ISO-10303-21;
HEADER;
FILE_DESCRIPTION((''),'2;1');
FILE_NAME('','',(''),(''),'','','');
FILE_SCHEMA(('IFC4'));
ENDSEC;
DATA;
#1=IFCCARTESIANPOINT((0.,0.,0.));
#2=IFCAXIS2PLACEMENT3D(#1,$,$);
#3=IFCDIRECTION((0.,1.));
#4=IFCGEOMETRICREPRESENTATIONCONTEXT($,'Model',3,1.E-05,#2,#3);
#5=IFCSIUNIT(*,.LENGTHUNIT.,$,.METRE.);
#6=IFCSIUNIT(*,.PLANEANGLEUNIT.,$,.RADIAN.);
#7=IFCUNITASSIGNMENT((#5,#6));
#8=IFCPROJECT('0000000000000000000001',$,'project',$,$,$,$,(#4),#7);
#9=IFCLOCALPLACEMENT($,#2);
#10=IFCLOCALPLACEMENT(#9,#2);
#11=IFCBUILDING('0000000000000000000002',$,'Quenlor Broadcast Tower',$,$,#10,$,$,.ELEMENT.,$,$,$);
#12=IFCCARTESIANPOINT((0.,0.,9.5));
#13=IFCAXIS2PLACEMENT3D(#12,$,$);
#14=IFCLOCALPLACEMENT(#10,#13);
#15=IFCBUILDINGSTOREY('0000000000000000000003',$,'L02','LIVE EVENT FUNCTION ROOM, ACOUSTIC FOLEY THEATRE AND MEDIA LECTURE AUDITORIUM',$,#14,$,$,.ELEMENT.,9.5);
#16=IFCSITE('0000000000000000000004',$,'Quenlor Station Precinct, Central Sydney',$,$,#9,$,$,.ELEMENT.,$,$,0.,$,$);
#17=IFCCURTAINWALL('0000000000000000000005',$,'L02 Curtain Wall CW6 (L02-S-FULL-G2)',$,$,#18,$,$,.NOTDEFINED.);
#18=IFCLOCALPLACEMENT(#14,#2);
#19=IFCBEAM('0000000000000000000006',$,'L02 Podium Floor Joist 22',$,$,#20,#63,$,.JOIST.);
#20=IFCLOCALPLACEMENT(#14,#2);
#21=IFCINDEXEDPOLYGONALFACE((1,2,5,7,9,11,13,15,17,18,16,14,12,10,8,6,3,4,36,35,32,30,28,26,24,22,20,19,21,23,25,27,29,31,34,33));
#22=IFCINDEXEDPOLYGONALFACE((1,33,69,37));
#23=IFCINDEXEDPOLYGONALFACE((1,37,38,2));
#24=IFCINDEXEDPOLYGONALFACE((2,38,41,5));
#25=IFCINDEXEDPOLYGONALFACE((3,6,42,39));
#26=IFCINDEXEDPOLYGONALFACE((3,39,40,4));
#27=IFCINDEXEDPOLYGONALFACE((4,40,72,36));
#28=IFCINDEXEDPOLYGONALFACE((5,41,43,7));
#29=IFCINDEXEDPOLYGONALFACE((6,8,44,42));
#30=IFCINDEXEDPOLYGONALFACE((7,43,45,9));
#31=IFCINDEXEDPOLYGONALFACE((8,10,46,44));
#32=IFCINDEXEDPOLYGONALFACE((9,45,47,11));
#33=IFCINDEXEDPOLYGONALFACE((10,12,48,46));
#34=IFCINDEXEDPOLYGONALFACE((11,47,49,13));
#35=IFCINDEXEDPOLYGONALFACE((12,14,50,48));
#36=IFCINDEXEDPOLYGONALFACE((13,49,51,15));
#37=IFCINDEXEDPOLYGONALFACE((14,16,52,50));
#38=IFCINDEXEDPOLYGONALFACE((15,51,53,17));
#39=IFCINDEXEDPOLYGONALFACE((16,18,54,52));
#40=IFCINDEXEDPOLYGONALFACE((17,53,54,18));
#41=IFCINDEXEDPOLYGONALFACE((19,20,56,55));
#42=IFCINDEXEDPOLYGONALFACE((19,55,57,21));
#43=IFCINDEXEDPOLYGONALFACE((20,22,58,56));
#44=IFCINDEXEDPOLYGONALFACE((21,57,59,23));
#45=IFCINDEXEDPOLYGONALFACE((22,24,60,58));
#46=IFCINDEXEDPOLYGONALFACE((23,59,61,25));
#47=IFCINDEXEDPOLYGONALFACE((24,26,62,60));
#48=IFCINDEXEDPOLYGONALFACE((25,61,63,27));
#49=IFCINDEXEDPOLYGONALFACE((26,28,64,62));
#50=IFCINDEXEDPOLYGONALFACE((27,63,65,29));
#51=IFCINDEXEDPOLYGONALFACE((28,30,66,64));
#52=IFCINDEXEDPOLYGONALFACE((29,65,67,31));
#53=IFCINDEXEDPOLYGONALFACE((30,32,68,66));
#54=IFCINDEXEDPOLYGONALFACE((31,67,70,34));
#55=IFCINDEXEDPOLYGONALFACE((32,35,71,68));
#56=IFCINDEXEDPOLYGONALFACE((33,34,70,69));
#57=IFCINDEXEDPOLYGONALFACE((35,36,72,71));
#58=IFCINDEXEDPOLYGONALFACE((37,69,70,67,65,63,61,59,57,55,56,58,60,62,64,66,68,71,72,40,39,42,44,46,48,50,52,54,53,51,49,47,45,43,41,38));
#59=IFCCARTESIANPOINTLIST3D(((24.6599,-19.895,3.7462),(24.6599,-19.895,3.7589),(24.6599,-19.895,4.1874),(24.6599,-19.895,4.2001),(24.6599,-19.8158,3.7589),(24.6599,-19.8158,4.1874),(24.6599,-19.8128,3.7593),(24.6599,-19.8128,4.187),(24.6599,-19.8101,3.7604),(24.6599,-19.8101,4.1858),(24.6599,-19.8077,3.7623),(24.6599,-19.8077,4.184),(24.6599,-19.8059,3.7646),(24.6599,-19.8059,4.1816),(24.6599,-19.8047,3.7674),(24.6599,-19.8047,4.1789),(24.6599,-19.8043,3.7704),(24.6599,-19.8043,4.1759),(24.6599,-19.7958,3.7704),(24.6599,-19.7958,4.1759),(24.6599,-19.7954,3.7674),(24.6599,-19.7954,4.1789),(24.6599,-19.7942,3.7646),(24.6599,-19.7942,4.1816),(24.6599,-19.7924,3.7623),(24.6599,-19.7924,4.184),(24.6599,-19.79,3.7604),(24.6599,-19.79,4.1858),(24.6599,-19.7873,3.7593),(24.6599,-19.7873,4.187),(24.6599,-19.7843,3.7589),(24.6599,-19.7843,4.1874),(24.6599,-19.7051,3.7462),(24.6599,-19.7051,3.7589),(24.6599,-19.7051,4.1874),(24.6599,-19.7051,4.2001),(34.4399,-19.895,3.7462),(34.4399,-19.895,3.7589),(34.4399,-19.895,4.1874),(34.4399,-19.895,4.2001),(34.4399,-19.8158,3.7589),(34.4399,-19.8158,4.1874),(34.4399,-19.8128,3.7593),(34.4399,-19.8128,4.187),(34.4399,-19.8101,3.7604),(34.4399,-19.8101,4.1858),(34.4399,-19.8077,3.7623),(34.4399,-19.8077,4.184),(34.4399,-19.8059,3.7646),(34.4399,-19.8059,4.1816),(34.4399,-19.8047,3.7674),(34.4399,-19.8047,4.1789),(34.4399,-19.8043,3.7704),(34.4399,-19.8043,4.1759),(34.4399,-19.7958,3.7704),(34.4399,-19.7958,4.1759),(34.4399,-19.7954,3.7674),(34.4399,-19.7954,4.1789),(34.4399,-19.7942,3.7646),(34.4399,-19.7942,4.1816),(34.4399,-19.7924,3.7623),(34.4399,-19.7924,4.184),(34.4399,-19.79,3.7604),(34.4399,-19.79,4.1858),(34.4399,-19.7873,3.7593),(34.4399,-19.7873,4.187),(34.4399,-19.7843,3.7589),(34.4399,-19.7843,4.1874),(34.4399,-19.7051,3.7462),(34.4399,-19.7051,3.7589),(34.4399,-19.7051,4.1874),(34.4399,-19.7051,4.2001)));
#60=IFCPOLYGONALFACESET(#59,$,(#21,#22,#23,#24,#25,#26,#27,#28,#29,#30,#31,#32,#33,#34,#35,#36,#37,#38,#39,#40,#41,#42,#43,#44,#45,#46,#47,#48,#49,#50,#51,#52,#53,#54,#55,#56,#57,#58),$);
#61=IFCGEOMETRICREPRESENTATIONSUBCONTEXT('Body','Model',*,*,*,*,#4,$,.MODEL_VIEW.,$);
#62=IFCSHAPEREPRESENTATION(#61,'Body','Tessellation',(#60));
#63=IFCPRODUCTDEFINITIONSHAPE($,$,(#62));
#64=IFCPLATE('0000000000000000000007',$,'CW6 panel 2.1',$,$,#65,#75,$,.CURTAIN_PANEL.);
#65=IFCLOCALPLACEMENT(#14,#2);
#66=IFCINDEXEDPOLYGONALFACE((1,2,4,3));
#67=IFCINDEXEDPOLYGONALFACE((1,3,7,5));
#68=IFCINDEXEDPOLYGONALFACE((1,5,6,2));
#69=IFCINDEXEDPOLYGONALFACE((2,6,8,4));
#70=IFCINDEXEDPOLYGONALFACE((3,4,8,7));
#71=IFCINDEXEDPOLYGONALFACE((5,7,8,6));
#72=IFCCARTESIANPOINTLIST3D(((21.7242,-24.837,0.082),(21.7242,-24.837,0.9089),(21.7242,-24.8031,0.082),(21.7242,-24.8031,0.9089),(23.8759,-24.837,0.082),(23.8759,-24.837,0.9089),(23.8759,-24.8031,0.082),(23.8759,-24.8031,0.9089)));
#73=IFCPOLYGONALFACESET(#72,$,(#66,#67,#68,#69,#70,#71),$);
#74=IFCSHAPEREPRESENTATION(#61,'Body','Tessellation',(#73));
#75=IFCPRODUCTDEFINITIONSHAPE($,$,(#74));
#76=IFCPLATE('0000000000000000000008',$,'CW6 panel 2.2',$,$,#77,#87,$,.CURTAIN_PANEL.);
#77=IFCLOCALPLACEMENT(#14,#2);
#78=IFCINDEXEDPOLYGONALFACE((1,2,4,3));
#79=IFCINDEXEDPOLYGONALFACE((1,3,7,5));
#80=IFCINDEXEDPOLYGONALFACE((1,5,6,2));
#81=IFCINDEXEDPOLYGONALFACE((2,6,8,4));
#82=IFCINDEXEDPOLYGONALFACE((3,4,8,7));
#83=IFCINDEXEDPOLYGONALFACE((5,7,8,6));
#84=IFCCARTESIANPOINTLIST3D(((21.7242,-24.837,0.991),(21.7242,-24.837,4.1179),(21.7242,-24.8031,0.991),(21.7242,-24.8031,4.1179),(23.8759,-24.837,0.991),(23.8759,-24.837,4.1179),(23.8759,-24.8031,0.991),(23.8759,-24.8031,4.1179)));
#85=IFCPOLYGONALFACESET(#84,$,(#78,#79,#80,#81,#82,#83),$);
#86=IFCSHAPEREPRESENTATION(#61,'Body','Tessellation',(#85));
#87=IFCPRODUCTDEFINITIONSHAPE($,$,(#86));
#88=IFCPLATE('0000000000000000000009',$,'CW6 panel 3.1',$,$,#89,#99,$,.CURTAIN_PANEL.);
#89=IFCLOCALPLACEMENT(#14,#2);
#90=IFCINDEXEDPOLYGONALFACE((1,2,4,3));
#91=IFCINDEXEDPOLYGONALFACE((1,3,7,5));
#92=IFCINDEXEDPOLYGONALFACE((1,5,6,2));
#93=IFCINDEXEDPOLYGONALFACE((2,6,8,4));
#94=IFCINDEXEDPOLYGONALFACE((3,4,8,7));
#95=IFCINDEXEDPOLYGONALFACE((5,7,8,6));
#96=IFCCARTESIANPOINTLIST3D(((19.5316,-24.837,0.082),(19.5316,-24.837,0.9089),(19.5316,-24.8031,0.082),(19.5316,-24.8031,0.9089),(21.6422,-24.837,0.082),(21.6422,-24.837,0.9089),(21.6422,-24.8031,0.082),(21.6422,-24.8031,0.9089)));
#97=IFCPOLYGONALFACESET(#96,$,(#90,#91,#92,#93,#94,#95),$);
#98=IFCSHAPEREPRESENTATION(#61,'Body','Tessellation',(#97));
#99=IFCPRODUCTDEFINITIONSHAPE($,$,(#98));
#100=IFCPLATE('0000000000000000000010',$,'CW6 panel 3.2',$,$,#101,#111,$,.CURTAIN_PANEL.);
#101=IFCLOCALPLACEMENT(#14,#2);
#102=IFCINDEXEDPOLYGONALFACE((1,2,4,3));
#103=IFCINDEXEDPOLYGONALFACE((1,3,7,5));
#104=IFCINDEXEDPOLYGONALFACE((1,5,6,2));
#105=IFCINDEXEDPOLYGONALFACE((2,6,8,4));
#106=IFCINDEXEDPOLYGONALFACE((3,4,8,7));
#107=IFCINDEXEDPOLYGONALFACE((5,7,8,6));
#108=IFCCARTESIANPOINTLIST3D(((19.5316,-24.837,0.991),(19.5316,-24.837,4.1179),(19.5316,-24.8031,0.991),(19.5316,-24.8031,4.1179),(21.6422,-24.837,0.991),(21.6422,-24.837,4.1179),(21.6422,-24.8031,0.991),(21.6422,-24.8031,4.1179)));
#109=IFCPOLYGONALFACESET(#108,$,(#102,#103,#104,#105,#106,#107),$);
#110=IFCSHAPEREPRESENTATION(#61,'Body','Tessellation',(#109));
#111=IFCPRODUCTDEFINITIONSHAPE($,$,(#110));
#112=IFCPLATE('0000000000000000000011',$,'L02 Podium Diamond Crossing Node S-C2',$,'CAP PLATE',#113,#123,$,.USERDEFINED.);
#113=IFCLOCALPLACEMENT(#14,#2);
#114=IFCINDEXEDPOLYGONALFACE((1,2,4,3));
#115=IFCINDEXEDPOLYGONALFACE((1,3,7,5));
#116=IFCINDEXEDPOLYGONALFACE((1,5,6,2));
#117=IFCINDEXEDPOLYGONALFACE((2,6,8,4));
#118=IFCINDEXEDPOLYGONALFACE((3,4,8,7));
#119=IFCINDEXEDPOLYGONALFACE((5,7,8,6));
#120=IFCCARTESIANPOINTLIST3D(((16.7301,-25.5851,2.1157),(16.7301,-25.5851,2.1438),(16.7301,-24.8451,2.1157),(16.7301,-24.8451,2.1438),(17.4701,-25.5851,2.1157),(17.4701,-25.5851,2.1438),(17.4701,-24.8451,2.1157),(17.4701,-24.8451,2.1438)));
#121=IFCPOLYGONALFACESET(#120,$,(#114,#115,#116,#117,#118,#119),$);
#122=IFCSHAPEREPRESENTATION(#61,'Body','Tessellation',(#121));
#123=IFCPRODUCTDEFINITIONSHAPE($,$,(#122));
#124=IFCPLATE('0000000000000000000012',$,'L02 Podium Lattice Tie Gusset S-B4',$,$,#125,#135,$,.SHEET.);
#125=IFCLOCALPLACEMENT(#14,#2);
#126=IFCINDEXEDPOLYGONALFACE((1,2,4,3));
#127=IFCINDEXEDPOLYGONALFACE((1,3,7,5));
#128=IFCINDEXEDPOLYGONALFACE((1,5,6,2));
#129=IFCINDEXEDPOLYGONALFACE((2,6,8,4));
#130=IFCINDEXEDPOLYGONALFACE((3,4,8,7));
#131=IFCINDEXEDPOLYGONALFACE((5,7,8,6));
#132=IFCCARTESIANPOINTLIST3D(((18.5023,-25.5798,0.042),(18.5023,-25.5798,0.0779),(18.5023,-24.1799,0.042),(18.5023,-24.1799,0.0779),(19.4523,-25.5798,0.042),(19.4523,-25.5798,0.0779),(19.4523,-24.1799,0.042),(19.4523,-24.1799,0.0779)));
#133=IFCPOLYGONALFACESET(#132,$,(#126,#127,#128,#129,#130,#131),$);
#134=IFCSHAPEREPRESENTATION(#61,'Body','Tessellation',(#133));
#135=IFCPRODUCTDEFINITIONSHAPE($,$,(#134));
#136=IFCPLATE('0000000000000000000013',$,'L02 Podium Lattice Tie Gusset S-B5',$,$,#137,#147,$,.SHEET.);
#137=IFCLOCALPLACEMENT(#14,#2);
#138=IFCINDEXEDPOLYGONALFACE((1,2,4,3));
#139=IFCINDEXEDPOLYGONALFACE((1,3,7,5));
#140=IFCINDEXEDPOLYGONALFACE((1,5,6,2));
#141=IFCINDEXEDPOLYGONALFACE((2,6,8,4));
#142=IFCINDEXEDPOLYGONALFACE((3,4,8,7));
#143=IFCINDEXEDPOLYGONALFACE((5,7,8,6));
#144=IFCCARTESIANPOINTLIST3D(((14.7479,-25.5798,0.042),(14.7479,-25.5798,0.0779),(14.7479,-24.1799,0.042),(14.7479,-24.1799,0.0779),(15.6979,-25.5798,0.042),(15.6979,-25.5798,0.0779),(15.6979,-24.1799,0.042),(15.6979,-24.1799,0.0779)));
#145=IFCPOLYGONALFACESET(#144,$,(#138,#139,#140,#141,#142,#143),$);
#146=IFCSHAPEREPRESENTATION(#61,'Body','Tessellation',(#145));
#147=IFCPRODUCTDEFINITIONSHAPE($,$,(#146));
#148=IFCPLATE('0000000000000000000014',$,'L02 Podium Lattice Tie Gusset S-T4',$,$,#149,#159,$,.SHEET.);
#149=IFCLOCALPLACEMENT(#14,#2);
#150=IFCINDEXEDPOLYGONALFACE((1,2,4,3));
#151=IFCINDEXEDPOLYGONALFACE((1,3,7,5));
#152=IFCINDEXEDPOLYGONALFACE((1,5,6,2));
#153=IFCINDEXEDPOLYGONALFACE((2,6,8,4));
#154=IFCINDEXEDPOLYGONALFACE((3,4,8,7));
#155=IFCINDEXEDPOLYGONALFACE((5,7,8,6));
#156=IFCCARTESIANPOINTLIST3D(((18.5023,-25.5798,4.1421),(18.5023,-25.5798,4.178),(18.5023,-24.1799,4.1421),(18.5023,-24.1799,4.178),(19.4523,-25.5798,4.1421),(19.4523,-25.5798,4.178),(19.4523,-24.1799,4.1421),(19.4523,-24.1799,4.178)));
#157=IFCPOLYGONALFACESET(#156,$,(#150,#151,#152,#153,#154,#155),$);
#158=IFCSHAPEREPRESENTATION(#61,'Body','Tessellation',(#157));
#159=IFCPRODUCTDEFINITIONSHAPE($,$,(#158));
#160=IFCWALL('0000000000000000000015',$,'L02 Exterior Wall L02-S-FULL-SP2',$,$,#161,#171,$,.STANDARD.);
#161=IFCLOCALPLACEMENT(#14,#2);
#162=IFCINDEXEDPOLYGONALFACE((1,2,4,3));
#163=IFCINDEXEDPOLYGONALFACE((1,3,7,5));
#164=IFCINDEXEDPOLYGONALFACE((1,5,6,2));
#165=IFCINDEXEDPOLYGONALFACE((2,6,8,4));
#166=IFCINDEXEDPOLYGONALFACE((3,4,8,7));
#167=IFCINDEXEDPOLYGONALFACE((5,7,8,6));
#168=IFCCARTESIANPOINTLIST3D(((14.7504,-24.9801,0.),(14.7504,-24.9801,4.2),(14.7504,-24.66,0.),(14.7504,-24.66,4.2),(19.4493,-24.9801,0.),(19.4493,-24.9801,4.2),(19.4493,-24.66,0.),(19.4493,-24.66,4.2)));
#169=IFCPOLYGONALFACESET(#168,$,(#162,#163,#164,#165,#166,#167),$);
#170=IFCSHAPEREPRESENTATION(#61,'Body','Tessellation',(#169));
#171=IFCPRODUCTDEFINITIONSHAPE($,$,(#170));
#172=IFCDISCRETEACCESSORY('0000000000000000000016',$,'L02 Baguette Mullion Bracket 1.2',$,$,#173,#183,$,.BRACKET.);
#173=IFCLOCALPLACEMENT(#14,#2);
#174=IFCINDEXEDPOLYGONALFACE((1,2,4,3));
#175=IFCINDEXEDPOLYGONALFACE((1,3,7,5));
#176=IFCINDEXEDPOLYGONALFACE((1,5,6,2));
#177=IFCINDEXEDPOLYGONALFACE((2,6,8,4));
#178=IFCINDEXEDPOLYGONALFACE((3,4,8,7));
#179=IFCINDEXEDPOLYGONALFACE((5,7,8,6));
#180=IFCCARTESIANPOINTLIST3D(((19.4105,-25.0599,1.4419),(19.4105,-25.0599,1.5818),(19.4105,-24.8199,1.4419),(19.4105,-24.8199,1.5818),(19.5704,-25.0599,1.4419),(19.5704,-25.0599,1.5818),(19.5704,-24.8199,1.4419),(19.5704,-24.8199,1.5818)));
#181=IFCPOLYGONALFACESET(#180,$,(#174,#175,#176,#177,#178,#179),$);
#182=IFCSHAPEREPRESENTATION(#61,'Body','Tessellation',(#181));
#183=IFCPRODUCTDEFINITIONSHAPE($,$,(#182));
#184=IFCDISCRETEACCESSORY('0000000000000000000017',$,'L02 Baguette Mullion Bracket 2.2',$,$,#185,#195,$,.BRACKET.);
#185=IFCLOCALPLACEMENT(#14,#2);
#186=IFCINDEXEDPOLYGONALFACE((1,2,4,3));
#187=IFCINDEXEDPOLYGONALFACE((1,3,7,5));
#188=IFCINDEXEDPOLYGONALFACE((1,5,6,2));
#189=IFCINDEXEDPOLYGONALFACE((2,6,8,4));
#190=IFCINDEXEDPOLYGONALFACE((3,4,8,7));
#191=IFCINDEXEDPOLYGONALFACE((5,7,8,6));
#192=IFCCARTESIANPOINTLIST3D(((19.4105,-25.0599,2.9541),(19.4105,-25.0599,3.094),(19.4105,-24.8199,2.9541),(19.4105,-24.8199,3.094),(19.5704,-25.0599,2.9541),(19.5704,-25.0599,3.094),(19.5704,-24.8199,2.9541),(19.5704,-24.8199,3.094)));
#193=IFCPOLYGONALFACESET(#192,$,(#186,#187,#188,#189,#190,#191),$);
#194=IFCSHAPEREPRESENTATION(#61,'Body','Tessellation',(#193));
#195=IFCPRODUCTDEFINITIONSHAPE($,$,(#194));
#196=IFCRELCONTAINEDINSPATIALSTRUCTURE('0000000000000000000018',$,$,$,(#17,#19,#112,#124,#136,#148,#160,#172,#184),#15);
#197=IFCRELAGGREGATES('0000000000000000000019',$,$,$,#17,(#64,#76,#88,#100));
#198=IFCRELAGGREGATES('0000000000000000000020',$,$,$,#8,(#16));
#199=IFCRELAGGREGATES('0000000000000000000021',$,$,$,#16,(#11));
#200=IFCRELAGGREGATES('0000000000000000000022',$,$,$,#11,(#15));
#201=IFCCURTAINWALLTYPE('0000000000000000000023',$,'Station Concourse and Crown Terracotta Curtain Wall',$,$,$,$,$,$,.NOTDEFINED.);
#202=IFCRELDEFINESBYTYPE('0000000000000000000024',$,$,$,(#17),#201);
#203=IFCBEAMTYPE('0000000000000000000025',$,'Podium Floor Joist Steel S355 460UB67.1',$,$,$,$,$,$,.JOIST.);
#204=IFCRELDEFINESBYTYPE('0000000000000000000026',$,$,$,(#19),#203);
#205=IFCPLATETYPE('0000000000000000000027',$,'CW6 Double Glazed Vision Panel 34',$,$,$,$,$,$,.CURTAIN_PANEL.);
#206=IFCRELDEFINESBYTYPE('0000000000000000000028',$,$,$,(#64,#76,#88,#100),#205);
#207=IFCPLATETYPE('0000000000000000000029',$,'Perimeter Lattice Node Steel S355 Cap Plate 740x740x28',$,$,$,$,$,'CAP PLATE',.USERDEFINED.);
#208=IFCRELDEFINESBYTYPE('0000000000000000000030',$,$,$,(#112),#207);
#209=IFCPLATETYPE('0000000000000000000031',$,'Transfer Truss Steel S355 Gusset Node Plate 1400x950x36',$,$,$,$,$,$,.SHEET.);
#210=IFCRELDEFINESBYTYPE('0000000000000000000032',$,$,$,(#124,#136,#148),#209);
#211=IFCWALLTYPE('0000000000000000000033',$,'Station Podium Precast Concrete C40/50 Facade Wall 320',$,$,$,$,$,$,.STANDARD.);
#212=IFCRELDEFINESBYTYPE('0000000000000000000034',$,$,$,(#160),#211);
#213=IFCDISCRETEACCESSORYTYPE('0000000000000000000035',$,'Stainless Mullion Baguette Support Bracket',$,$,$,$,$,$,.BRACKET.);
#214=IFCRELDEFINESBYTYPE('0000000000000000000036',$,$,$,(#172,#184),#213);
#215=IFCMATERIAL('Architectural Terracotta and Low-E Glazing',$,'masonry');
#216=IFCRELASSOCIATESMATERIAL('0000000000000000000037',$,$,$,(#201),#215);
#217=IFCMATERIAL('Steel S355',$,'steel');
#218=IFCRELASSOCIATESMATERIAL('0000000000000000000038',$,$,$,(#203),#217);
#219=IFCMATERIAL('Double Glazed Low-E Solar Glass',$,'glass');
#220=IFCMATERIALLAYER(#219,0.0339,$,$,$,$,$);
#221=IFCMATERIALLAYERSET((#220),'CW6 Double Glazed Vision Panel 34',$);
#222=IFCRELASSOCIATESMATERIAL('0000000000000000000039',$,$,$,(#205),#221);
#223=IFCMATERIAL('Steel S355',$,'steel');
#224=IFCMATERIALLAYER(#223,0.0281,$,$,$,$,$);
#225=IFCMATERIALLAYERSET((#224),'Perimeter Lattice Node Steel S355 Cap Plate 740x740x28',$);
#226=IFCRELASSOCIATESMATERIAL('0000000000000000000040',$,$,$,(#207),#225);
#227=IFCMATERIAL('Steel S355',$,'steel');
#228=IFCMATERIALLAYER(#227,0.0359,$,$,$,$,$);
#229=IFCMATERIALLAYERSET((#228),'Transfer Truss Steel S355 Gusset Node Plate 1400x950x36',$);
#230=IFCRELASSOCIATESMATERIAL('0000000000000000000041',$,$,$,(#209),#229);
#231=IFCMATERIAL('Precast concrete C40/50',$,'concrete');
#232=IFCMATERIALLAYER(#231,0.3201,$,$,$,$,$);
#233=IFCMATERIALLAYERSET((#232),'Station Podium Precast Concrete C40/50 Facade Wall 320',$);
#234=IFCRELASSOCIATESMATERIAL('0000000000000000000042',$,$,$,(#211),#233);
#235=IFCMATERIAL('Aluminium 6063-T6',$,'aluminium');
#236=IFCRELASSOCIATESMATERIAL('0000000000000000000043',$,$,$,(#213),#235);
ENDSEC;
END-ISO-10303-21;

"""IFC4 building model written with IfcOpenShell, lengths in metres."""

from ifc_helpers import new_model, si_unit, direction, frame, frame_2d, origin, origin_2d, place, context, subcontext, project, spatial, rectangle, i_section, extrude, material, layer, layer_set, material_profile, profile_set, type_object, element, aggregate, save


model = new_model("IFC4")

# Units and contexts
model_context = context("Model", 3, precision=1e-05, world=origin(), true_north=direction((0.0, 1.0)))
body_context = subcontext(model_context, "Body", "Model", "MODEL_VIEW")
ifc_project = project(units=[si_unit("LENGTHUNIT", "METRE"), si_unit("PLANEANGLEUNIT", "RADIAN")], contexts=[model_context])

# Site, building, storey
site_placement = place(None, origin())
site = spatial("IfcSite", under=ifc_project, at=site_placement, Name="Quenlor Station Precinct, Central Sydney", CompositionType="ELEMENT", RefElevation=0.0)
building_placement = place(site_placement, origin())
building = spatial("IfcBuilding", under=site, at=building_placement, Name="Quenlor Broadcast Tower", CompositionType="ELEMENT")
storey_placement = place(building_placement, frame((0.0, 0.0, 9.5)))
storey = spatial("IfcBuildingStorey", under=building, at=storey_placement, Name="L02", Description="LIVE EVENT FUNCTION ROOM, ACOUSTIC FOLEY THEATRE AND MEDIA LECTURE AUDITORIUM", CompositionType="ELEMENT", Elevation=9.5)

# Curtain wall
ifc_material_1 = material(Name="Architectural Terracotta and Low-E Glazing", Category="masonry")
curtain_wall_type = type_object("IfcCurtainWallType", Name="Station Concourse and Crown Terracotta Curtain Wall", PredefinedType="NOTDEFINED", material=ifc_material_1)
curtain_wall_placement = place(storey_placement, origin())
curtain_wall = element("IfcCurtainWall", 1, at=curtain_wall_placement, inside=storey, type_object=curtain_wall_type, Name="L02 Curtain Wall CW6 (L02-S-FULL-G2)", PredefinedType="NOTDEFINED")

# Beam
ifc_material_2 = material(Name="Steel S355", Category="steel")
ifc_material_profile_1 = material_profile(ifc_material_2, i_section(OverallWidth=0.1899, OverallDepth=0.4539, WebThickness=0.0085, FlangeThickness=0.0127, FilletRadius=0.0115, at=origin_2d()))
ifc_profile_set_1 = profile_set([ifc_material_profile_1], Name="Steel S355 460UB67.1")
beam_type_1 = type_object("IfcBeamType", Name="Podium Floor Joist Steel S355 460UB67.1", PredefinedType="JOIST", material=ifc_profile_set_1)
beam_1_placement = place(storey_placement, frame((24.6599, -19.8, 3.9731), z_axis=(1.0, 0.0, 0.0), x_axis=(0.0, 1.0, 0.0)))
element("IfcBeam", 2, at=beam_1_placement, inside=storey, type_object=beam_type_1, Name="L02 Podium Floor Joist 22", PredefinedType="JOIST", context=body_context, shape_type="SweptSolid", body=[
    extrude(i_section(OverallWidth=0.1899, OverallDepth=0.4539, WebThickness=0.0085, FlangeThickness=0.0127, FilletRadius=0.0115, at=origin_2d()), origin(), (0.0, 0.0, 1.0), 9.78),
])

# Plates
ifc_material_3 = material(Name="Double Glazed Low-E Solar Glass", Category="glass")
ifc_layer_1 = layer(ifc_material_3, 0.0339)
ifc_layer_set_1 = layer_set([ifc_layer_1], Name="CW6 Double Glazed Vision Panel 34")
plate_type_1 = type_object("IfcPlateType", Name="CW6 Double Glazed Vision Panel 34", PredefinedType="CURTAIN_PANEL", material=ifc_layer_set_1)
plate_1_placement = place(storey_placement, frame((22.8, -24.8201, 0.082), z_axis=(0.0, 0.0, 1.0), x_axis=(-1.0, 0.0, 0.0)))
plate_1 = element("IfcPlate", 3, at=plate_1_placement, type_object=plate_type_1, Name="CW6 panel 2.1", PredefinedType="CURTAIN_PANEL", context=body_context, shape_type="SweptSolid", body=[
    extrude(rectangle(XDim=2.1516, YDim=0.0339, at=origin_2d()), origin(), (0.0, 0.0, 1.0), 0.8269),
])
plate_2_placement = place(storey_placement, frame((22.8, -24.8201, 0.991), z_axis=(0.0, 0.0, 1.0), x_axis=(-1.0, 0.0, 0.0)))
plate_2 = element("IfcPlate", 4, at=plate_2_placement, type_object=plate_type_1, Name="CW6 panel 2.2", PredefinedType="CURTAIN_PANEL", context=body_context, shape_type="SweptSolid", body=[
    extrude(rectangle(XDim=2.1516, YDim=0.0339, at=origin_2d()), origin(), (0.0, 0.0, 1.0), 3.127),
])
plate_3_placement = place(storey_placement, frame((20.5869, -24.8201, 0.082), z_axis=(0.0, 0.0, 1.0), x_axis=(-1.0, 0.0, 0.0)))
plate_3 = element("IfcPlate", 5, at=plate_3_placement, type_object=plate_type_1, Name="CW6 panel 3.1", PredefinedType="CURTAIN_PANEL", context=body_context, shape_type="SweptSolid", body=[
    extrude(rectangle(XDim=2.1106, YDim=0.0339, at=origin_2d()), origin(), (0.0, 0.0, 1.0), 0.8269),
])
plate_4_placement = place(storey_placement, frame((20.5869, -24.8201, 0.991), z_axis=(0.0, 0.0, 1.0), x_axis=(-1.0, 0.0, 0.0)))
plate_4 = element("IfcPlate", 6, at=plate_4_placement, type_object=plate_type_1, Name="CW6 panel 3.2", PredefinedType="CURTAIN_PANEL", context=body_context, shape_type="SweptSolid", body=[
    extrude(rectangle(XDim=2.1106, YDim=0.0339, at=origin_2d()), origin(), (0.0, 0.0, 1.0), 3.127),
])
aggregate(curtain_wall, [plate_1, plate_2, plate_3, plate_4])

# Plates
ifc_material_4 = material(Name="Steel S355", Category="steel")
ifc_layer_2 = layer(ifc_material_4, 0.0281)
ifc_layer_set_2 = layer_set([ifc_layer_2], Name="Perimeter Lattice Node Steel S355 Cap Plate 740x740x28")
plate_type_2 = type_object("IfcPlateType", Name="Perimeter Lattice Node Steel S355 Cap Plate 740x740x28", ElementType="CAP PLATE", PredefinedType="USERDEFINED", material=ifc_layer_set_2)
plate_5_placement = place(storey_placement, frame((17.1001, -25.2151, 2.1157), z_axis=(0.0, 0.0, 1.0), x_axis=(-1.0, 0.0, 0.0)))
element("IfcPlate", 7, at=plate_5_placement, inside=storey, type_object=plate_type_2, Name="L02 Podium Diamond Crossing Node S-C2", ObjectType="CAP PLATE", PredefinedType="USERDEFINED", context=body_context, shape_type="SweptSolid", body=[
    extrude(rectangle(XDim=0.74, YDim=0.74, at=origin_2d()), origin(), (0.0, 0.0, 1.0), 0.0281),
])
ifc_material_5 = material(Name="Steel S355", Category="steel")
ifc_layer_3 = layer(ifc_material_5, 0.0359)
ifc_layer_set_3 = layer_set([ifc_layer_3], Name="Transfer Truss Steel S355 Gusset Node Plate 1400x950x36")
plate_type_3 = type_object("IfcPlateType", Name="Transfer Truss Steel S355 Gusset Node Plate 1400x950x36", PredefinedType="SHEET", material=ifc_layer_set_3)
for number, where, z_axis, x_axis, name in (
    (8, (18.9773, -24.8799, 0.042), (0.0, 0.0, 1.0), (0.0, -1.0, 0.0), "L02 Podium Lattice Tie Gusset S-B4"),
    (9, (15.2229, -24.8799, 0.042), (0.0, 0.0, 1.0), (0.0, -1.0, 0.0), "L02 Podium Lattice Tie Gusset S-B5"),
    (10, (18.9773, -24.8799, 4.1421), (0.0, 0.0, 1.0), (0.0, -1.0, 0.0), "L02 Podium Lattice Tie Gusset S-T4"),
):
    element("IfcPlate", number, at=place(storey_placement, frame(where, z_axis=z_axis, x_axis=x_axis)), inside=storey, type_object=plate_type_3, Name=name, PredefinedType="SHEET", context=body_context, shape_type="SweptSolid", body=[
        extrude(rectangle(XDim=1.3999, YDim=0.95, at=origin_2d()), origin(), (0.0, 0.0, 1.0), 0.0359),
    ])

# Wall
ifc_material_6 = material(Name="Precast concrete C40/50", Category="concrete")
ifc_layer_4 = layer(ifc_material_6, 0.3201)
ifc_layer_set_4 = layer_set([ifc_layer_4], Name="Station Podium Precast Concrete C40/50 Facade Wall 320")
wall_type = type_object("IfcWallType", Name="Station Podium Precast Concrete C40/50 Facade Wall 320", PredefinedType="STANDARD", material=ifc_layer_set_4)
wall_placement = place(storey_placement, frame((19.4495, -24.8201, 0.0), z_axis=(0.0, 0.0, 1.0), x_axis=(-1.0, 0.0, 0.0)))
element("IfcWall", 11, at=wall_placement, inside=storey, type_object=wall_type, Name="L02 Exterior Wall L02-S-FULL-SP2", PredefinedType="STANDARD", context=body_context, shape_type="SweptSolid", body=[
    extrude(rectangle(XDim=4.699, YDim=0.3201, at=frame_2d((2.3496, 0.0))), origin(), (0.0, 0.0, 1.0), 4.2),
])

# Discrete accessories
ifc_material_7 = material(Name="Aluminium 6063-T6", Category="aluminium")
discrete_accessory_type = type_object("IfcDiscreteAccessoryType", Name="Stainless Mullion Baguette Support Bracket", PredefinedType="BRACKET", material=ifc_material_7)
for number, where, z_axis, x_axis, name in (
    (12, (19.4905, -24.9399, 1.4419), (0.0, 0.0, 1.0), (-1.0, 0.0, 0.0), "L02 Baguette Mullion Bracket 1.2"),
    (13, (19.4905, -24.9399, 2.9541), (0.0, 0.0, 1.0), (-1.0, 0.0, 0.0), "L02 Baguette Mullion Bracket 2.2"),
):
    element("IfcDiscreteAccessory", number, at=place(storey_placement, frame(where, z_axis=z_axis, x_axis=x_axis)), inside=storey, type_object=discrete_accessory_type, Name=name, PredefinedType="BRACKET", context=body_context, shape_type="SweptSolid", body=[
        extrude(rectangle(XDim=0.1599, YDim=0.24, at=origin_2d()), origin(), (0.0, 0.0, 1.0), 0.1399),
    ])

save(model, "model.ifc")
